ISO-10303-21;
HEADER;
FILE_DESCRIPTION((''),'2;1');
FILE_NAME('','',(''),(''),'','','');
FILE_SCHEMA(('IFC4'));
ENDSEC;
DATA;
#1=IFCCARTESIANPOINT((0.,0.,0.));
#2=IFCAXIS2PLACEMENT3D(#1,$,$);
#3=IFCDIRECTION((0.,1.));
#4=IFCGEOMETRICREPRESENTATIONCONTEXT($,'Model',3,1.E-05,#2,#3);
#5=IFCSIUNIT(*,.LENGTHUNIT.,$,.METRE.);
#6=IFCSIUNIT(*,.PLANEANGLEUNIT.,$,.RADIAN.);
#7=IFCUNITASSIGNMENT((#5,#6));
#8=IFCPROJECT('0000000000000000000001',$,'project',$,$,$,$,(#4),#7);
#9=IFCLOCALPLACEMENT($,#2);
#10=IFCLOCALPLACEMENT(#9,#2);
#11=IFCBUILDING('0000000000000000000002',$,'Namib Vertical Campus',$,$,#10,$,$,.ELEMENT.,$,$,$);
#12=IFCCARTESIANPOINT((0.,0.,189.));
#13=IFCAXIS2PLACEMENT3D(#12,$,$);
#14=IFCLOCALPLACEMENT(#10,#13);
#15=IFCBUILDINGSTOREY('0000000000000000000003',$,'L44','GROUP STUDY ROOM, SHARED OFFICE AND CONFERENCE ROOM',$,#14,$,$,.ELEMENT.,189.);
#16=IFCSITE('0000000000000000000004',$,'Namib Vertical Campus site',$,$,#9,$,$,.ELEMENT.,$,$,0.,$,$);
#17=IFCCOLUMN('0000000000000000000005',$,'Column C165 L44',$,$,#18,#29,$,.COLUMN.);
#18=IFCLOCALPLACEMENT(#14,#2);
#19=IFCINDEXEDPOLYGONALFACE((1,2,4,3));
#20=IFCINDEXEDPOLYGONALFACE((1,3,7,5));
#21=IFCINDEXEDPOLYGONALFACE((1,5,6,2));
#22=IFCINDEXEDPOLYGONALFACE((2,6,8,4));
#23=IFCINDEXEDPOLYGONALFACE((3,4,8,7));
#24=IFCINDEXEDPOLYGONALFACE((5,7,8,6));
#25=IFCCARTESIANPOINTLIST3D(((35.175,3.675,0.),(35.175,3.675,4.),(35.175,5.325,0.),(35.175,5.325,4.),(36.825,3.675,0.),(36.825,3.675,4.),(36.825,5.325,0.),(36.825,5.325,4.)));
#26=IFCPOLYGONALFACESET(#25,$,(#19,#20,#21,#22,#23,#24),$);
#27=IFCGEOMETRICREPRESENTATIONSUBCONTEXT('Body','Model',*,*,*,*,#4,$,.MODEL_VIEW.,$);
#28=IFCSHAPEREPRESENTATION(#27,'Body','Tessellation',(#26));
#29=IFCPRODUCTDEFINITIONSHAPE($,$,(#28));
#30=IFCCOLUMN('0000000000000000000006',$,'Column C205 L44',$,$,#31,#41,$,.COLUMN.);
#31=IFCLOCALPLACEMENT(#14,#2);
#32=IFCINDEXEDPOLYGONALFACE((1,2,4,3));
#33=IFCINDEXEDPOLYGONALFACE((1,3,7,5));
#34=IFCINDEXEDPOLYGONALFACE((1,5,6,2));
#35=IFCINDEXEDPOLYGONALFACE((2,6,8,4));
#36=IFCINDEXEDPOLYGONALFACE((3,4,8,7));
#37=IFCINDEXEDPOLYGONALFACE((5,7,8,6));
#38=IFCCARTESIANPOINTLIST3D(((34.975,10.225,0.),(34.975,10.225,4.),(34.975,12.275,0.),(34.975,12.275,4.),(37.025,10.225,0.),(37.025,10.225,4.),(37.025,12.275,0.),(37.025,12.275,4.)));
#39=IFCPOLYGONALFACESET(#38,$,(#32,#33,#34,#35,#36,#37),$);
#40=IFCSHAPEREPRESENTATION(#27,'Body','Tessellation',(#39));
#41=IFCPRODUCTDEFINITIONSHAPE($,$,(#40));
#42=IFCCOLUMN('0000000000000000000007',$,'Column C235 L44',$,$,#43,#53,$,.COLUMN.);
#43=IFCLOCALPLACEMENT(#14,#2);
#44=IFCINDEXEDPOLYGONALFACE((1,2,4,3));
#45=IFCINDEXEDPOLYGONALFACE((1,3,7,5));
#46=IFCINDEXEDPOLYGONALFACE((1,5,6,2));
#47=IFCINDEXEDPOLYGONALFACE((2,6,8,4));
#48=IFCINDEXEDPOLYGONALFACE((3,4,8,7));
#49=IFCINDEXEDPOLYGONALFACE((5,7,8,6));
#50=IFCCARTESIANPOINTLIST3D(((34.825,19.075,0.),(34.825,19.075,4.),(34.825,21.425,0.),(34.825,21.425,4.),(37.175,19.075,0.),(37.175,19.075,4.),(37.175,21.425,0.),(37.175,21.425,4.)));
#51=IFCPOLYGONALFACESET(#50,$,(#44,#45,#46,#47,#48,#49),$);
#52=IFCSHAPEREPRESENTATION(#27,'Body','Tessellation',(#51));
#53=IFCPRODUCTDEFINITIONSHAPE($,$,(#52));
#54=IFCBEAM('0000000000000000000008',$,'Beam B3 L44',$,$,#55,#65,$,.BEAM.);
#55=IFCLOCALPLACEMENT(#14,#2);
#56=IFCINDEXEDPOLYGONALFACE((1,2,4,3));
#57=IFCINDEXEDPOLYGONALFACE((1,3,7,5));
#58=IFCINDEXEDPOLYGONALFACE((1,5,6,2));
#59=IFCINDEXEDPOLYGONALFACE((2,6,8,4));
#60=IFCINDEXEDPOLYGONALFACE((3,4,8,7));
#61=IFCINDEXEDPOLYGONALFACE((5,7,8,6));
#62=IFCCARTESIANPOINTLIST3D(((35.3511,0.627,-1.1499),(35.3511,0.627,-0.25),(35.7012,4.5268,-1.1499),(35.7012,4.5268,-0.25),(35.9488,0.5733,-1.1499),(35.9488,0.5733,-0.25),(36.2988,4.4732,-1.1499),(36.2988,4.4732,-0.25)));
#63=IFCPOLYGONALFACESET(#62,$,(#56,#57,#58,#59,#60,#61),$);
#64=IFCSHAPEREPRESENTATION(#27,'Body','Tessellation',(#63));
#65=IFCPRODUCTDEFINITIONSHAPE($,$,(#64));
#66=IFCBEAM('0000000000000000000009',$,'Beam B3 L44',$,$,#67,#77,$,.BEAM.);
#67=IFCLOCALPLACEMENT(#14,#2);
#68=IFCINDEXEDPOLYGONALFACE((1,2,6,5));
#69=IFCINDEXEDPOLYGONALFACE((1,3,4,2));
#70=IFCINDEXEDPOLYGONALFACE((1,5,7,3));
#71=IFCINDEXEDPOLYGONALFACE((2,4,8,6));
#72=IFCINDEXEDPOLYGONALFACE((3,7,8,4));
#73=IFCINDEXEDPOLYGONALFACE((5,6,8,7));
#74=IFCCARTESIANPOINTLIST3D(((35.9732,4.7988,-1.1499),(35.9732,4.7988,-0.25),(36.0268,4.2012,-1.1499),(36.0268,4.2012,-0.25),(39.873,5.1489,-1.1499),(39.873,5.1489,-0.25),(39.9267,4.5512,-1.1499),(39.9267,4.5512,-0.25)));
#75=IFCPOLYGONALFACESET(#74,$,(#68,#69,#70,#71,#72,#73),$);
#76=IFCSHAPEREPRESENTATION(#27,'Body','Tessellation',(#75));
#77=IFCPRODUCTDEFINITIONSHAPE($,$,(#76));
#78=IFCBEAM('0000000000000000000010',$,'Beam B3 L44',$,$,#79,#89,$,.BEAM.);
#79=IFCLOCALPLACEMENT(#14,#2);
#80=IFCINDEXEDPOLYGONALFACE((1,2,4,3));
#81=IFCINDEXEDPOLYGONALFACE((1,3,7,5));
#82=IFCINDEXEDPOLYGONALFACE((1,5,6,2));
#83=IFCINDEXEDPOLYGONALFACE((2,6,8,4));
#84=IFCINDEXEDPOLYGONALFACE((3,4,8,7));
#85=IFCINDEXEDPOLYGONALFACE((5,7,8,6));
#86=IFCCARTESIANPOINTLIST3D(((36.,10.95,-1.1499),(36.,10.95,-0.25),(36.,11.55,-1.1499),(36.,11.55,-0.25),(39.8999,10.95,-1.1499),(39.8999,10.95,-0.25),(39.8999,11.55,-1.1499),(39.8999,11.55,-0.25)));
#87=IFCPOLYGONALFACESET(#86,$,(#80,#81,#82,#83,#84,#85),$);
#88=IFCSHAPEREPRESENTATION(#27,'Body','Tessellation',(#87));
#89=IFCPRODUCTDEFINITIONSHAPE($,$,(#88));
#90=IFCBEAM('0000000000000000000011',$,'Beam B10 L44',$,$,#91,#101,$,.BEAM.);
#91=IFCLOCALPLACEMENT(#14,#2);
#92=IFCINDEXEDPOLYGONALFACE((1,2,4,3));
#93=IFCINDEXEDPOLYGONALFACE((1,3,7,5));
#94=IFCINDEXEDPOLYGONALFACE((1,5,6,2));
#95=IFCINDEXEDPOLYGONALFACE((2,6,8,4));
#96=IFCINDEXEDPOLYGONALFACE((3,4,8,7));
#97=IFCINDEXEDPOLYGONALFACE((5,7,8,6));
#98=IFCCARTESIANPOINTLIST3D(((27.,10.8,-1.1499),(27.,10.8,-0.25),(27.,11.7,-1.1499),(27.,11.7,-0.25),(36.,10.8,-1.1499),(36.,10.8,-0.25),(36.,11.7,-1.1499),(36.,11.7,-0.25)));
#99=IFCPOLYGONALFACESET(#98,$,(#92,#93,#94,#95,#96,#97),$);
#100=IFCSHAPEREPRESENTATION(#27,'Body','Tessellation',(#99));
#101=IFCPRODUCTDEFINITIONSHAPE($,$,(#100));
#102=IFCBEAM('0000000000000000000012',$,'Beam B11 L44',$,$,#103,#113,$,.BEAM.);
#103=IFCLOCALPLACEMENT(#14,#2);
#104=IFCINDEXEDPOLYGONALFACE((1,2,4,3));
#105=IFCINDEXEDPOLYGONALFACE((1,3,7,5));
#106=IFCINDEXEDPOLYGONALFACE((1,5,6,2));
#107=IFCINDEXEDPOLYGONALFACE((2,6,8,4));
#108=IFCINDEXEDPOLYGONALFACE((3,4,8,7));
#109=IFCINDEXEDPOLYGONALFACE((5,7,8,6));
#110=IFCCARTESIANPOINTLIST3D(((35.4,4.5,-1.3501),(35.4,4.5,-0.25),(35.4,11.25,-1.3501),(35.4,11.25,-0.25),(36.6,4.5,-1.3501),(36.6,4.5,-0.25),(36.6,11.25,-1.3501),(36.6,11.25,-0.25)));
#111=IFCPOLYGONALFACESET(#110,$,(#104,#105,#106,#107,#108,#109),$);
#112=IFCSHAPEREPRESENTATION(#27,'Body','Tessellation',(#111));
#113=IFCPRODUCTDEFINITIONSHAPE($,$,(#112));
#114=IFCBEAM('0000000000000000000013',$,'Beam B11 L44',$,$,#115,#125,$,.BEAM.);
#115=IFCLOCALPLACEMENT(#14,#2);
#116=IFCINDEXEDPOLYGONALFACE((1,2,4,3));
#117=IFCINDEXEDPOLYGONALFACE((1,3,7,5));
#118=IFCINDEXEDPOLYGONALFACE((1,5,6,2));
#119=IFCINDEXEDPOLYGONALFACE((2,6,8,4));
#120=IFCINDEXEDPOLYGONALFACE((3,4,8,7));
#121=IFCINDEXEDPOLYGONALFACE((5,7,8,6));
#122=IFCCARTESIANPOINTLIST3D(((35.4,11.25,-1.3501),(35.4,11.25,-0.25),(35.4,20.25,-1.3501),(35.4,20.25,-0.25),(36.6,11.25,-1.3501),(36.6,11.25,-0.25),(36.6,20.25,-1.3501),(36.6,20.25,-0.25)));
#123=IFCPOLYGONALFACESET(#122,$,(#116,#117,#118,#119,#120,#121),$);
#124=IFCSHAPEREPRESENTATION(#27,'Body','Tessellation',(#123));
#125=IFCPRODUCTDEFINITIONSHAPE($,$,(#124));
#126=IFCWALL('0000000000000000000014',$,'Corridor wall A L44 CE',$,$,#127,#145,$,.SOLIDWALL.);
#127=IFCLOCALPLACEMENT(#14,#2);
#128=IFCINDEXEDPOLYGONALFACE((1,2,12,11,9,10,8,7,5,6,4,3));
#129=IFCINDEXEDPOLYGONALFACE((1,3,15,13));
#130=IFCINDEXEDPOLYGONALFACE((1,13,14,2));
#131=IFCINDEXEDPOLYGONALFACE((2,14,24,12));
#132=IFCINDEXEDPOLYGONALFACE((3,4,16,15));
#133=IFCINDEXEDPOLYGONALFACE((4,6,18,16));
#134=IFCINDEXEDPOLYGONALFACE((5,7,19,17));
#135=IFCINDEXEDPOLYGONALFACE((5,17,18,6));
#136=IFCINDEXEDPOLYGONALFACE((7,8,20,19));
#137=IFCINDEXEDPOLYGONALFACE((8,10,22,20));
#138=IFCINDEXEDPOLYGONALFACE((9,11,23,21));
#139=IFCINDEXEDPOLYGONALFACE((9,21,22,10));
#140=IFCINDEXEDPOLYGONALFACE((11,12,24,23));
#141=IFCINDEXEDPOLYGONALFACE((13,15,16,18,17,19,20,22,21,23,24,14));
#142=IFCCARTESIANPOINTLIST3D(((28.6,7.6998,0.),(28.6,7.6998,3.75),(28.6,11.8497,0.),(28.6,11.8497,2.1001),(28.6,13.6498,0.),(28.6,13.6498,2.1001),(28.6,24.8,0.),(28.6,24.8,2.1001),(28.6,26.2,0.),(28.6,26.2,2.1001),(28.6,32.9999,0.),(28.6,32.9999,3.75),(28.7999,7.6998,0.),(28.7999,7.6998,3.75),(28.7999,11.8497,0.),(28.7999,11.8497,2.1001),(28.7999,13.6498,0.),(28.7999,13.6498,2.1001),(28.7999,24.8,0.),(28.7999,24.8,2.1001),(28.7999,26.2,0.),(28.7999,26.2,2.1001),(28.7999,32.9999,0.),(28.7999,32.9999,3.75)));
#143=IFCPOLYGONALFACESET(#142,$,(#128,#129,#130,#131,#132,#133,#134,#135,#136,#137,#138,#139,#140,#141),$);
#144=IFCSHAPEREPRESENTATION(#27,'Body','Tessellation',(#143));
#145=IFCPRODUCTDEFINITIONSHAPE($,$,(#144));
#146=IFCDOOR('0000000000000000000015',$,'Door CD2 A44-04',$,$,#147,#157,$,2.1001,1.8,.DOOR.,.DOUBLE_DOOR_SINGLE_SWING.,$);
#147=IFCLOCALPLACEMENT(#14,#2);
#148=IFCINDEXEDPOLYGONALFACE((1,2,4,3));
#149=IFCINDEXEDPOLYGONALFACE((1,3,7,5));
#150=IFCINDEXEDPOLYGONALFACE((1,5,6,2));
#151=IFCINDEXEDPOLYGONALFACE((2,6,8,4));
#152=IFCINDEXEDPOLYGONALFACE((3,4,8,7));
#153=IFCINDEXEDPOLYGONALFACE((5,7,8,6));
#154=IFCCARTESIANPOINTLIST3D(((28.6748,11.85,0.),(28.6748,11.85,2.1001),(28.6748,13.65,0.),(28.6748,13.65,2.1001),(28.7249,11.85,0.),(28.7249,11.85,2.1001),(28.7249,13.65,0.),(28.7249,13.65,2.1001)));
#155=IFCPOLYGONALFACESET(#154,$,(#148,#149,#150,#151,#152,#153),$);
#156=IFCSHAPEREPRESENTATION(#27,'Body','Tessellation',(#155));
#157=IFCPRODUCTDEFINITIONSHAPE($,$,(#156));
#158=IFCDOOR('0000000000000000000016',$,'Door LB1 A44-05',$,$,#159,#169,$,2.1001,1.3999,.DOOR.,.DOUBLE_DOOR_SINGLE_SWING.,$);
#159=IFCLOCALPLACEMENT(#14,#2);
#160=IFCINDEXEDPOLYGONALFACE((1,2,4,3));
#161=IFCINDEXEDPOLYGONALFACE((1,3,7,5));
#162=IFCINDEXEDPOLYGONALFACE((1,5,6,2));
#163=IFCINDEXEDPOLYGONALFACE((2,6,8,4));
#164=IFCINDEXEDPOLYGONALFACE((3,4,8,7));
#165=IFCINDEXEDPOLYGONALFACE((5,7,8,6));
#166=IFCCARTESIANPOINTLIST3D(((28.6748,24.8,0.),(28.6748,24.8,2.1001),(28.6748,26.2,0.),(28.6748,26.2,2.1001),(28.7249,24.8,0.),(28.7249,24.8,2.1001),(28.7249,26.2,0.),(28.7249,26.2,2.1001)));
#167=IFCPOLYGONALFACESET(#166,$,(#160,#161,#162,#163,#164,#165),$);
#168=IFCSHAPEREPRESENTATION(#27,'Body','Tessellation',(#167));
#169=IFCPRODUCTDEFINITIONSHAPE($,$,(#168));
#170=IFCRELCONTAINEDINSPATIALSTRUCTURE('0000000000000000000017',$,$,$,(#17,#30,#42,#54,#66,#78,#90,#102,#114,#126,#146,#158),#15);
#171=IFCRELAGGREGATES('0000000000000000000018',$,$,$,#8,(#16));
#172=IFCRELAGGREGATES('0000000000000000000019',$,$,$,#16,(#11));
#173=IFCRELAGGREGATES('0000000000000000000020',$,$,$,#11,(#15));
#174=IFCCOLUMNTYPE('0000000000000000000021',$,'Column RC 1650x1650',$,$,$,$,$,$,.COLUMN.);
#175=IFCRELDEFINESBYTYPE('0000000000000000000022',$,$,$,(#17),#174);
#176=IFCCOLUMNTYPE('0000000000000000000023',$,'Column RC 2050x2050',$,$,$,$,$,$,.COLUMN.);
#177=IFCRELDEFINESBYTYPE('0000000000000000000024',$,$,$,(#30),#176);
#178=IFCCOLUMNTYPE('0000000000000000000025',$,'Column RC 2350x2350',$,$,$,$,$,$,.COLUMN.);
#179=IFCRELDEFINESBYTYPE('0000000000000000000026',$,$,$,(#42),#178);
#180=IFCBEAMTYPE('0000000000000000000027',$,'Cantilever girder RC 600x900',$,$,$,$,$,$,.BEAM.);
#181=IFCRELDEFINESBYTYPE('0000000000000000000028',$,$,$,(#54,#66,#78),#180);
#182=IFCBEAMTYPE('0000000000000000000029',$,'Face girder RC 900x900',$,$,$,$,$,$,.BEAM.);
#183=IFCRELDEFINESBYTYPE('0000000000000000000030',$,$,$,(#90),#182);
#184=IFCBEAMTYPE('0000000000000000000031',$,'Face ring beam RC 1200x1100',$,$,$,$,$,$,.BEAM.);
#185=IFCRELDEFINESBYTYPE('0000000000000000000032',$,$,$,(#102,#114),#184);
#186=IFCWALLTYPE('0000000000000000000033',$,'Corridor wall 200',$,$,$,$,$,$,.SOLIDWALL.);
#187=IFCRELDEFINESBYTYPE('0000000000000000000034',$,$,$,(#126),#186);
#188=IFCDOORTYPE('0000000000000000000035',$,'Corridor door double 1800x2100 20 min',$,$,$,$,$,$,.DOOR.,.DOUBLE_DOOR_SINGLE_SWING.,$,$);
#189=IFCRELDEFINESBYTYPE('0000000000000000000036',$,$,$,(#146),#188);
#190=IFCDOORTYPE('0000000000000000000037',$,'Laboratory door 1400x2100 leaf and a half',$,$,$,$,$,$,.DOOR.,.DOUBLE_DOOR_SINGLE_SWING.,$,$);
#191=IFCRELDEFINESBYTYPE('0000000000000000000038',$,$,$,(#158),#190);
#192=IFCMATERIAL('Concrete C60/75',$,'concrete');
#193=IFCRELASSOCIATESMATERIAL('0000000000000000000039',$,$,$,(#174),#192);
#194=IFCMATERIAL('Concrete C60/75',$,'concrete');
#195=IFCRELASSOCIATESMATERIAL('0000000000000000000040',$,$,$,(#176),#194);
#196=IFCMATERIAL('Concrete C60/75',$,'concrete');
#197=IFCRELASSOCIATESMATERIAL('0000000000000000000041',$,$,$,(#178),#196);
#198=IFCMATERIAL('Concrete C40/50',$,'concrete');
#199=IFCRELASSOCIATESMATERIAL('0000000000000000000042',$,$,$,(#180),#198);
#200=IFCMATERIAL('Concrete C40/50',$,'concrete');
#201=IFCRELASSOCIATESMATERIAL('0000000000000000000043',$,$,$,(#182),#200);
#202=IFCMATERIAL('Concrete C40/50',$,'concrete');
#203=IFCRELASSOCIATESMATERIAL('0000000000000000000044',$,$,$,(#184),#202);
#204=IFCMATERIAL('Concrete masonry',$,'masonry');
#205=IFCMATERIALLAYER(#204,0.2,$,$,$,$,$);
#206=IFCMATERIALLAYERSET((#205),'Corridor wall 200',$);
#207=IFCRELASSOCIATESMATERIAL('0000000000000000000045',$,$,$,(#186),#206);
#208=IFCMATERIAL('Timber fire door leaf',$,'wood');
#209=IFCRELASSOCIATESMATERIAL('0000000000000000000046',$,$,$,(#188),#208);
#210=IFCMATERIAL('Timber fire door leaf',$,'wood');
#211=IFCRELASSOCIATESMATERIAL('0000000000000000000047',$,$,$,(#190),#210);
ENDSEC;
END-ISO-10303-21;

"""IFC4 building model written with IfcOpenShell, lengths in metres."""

from ifc_helpers import new_model, si_unit, direction, frame, frame_2d, origin, origin_2d, place, context, subcontext, project, spatial, rectangle, extrude, material, layer, layer_set, material_profile, profile_set, type_object, element, fill, save


model = new_model("IFC4")

# Units and contexts
model_context = context("Model", 3, precision=1e-05, world=origin(), true_north=direction((0.0, 1.0)))
body_context = subcontext(model_context, "Body", "Model", "MODEL_VIEW")
ifc_project = project(units=[si_unit("LENGTHUNIT", "METRE"), si_unit("PLANEANGLEUNIT", "RADIAN")], contexts=[model_context])

# Site, building, storey
site_placement = place(None, origin())
site = spatial("IfcSite", under=ifc_project, at=site_placement, Name="Namib Vertical Campus site", CompositionType="ELEMENT", RefElevation=0.0)
building_placement = place(site_placement, origin())
building = spatial("IfcBuilding", under=site, at=building_placement, Name="Namib Vertical Campus", CompositionType="ELEMENT")
storey_placement = place(building_placement, frame((0.0, 0.0, 189.0)))
storey = spatial("IfcBuildingStorey", under=building, at=storey_placement, Name="L44", Description="GROUP STUDY ROOM, SHARED OFFICE AND CONFERENCE ROOM", CompositionType="ELEMENT", Elevation=189.0)

# Columns
ifc_material_1 = material(Name="Concrete C60/75", Category="concrete")
ifc_material_profile_1 = material_profile(ifc_material_1, rectangle(XDim=1.6499, YDim=1.6499, at=origin_2d()))
ifc_profile_set_1 = profile_set([ifc_material_profile_1], Name="Concrete C60/75")
column_type_1 = type_object("IfcColumnType", Name="Column RC 1650x1650", PredefinedType="COLUMN", material=ifc_profile_set_1)
column_1_placement = place(storey_placement, frame((36.0, 4.5, 0.0), z_axis=(0.0, 0.0, 1.0), x_axis=(1.0, 0.0, 0.0)))
element("IfcColumn", 1, at=column_1_placement, inside=storey, type_object=column_type_1, Name="Column C165 L44", PredefinedType="COLUMN", context=body_context, shape_type="SweptSolid", body=[
    extrude(rectangle(XDim=1.6499, YDim=1.6499, at=origin_2d()), origin(), (0.0, 0.0, 1.0), 4.0),
])
ifc_material_2 = material(Name="Concrete C60/75", Category="concrete")
ifc_material_profile_2 = material_profile(ifc_material_2, rectangle(XDim=2.05, YDim=2.05, at=origin_2d()))
ifc_profile_set_2 = profile_set([ifc_material_profile_2], Name="Concrete C60/75")
column_type_2 = type_object("IfcColumnType", Name="Column RC 2050x2050", PredefinedType="COLUMN", material=ifc_profile_set_2)
column_2_placement = place(storey_placement, frame((36.0, 11.25, 0.0), z_axis=(0.0, 0.0, 1.0), x_axis=(1.0, 0.0, 0.0)))
element("IfcColumn", 2, at=column_2_placement, inside=storey, type_object=column_type_2, Name="Column C205 L44", PredefinedType="COLUMN", context=body_context, shape_type="SweptSolid", body=[
    extrude(rectangle(XDim=2.05, YDim=2.05, at=origin_2d()), origin(), (0.0, 0.0, 1.0), 4.0),
])
ifc_material_3 = material(Name="Concrete C60/75", Category="concrete")
ifc_material_profile_3 = material_profile(ifc_material_3, rectangle(XDim=2.3501, YDim=2.3501, at=origin_2d()))
ifc_profile_set_3 = profile_set([ifc_material_profile_3], Name="Concrete C60/75")
column_type_3 = type_object("IfcColumnType", Name="Column RC 2350x2350", PredefinedType="COLUMN", material=ifc_profile_set_3)
column_3_placement = place(storey_placement, frame((36.0, 20.25, 0.0), z_axis=(0.0, 0.0, 1.0), x_axis=(1.0, 0.0, 0.0)))
element("IfcColumn", 3, at=column_3_placement, inside=storey, type_object=column_type_3, Name="Column C235 L44", PredefinedType="COLUMN", context=body_context, shape_type="SweptSolid", body=[
    extrude(rectangle(XDim=2.3501, YDim=2.3501, at=origin_2d()), origin(), (0.0, 0.0, 1.0), 4.0),
])

# Beams
ifc_material_4 = material(Name="Concrete C40/50", Category="concrete")
ifc_material_profile_4 = material_profile(ifc_material_4, rectangle(XDim=0.6001, YDim=0.8999, at=origin_2d()))
ifc_profile_set_4 = profile_set([ifc_material_profile_4], Name="Concrete C40/50")
beam_type_1 = type_object("IfcBeamType", Name="Cantilever girder RC 600x900", PredefinedType="BEAM", material=ifc_profile_set_4)
for number, where, z_axis, x_axis, name in (
    (4, (36.0, 4.5, -0.7), (-0.089411, -0.995995, 0.0), (0.995995, -0.089411, 0.0), "Beam B3 L44"),
    (5, (36.0, 4.5, -0.7), (0.995995, 0.089411, 0.0), (-0.089411, 0.995995, 0.0), "Beam B3 L44"),
):
    element("IfcBeam", number, at=place(storey_placement, frame(where, z_axis=z_axis, x_axis=x_axis)), inside=storey, type_object=beam_type_1, Name=name, PredefinedType="BEAM", context=body_context, shape_type="SweptSolid", body=[
        extrude(rectangle(XDim=0.6001, YDim=0.8999, at=origin_2d()), origin(), (0.0, 0.0, 1.0), 3.9155),
    ])
beam_1_placement = place(storey_placement, frame((36.0, 11.25, -0.7), z_axis=(1.0, 0.0, 0.0), x_axis=(0.0, 1.0, 0.0)))
element("IfcBeam", 6, at=beam_1_placement, inside=storey, type_object=beam_type_1, Name="Beam B3 L44", PredefinedType="BEAM", context=body_context, shape_type="SweptSolid", body=[
    extrude(rectangle(XDim=0.6001, YDim=0.8999, at=origin_2d()), origin(), (0.0, 0.0, 1.0), 3.8999),
])
ifc_material_5 = material(Name="Concrete C40/50", Category="concrete")
ifc_material_profile_5 = material_profile(ifc_material_5, rectangle(XDim=0.8999, YDim=0.8999, at=origin_2d()))
ifc_profile_set_5 = profile_set([ifc_material_profile_5], Name="Concrete C40/50")
beam_type_2 = type_object("IfcBeamType", Name="Face girder RC 900x900", PredefinedType="BEAM", material=ifc_profile_set_5)
beam_2_placement = place(storey_placement, frame((36.0, 11.25, -0.7), z_axis=(-1.0, 0.0, 0.0), x_axis=(0.0, -1.0, 0.0)))
element("IfcBeam", 7, at=beam_2_placement, inside=storey, type_object=beam_type_2, Name="Beam B10 L44", PredefinedType="BEAM", context=body_context, shape_type="SweptSolid", body=[
    extrude(rectangle(XDim=0.8999, YDim=0.8999, at=origin_2d()), origin(), (0.0, 0.0, 1.0), 9.0),
])
ifc_material_6 = material(Name="Concrete C40/50", Category="concrete")
ifc_material_profile_6 = material_profile(ifc_material_6, rectangle(XDim=1.2, YDim=1.1001, at=origin_2d()))
ifc_profile_set_6 = profile_set([ifc_material_profile_6], Name="Concrete C40/50")
beam_type_3 = type_object("IfcBeamType", Name="Face ring beam RC 1200x1100", PredefinedType="BEAM", material=ifc_profile_set_6)
beam_3_placement = place(storey_placement, frame((36.0, 4.5, -0.8), z_axis=(0.0, 1.0, 0.0), x_axis=(-1.0, 0.0, 0.0)))
element("IfcBeam", 8, at=beam_3_placement, inside=storey, type_object=beam_type_3, Name="Beam B11 L44", PredefinedType="BEAM", context=body_context, shape_type="SweptSolid", body=[
    extrude(rectangle(XDim=1.2, YDim=1.1001, at=origin_2d()), origin(), (0.0, 0.0, 1.0), 6.75),
])
beam_4_placement = place(storey_placement, frame((36.0, 11.25, -0.8), z_axis=(0.0, 1.0, 0.0), x_axis=(-1.0, 0.0, 0.0)))
element("IfcBeam", 9, at=beam_4_placement, inside=storey, type_object=beam_type_3, Name="Beam B11 L44", PredefinedType="BEAM", context=body_context, shape_type="SweptSolid", body=[
    extrude(rectangle(XDim=1.2, YDim=1.1001, at=origin_2d()), origin(), (0.0, 0.0, 1.0), 9.0),
])

# Wall, openings, doors
ifc_material_7 = material(Name="Concrete masonry", Category="masonry")
ifc_layer_1 = layer(ifc_material_7, 0.2)
ifc_layer_set_1 = layer_set([ifc_layer_1], Name="Corridor wall 200")
wall_type_1 = type_object("IfcWallType", Name="Corridor wall 200", PredefinedType="SOLIDWALL", material=ifc_layer_set_1)
wall_1_placement = place(storey_placement, frame((28.7, 7.7, 0.0), z_axis=(0.0, 0.0, 1.0), x_axis=(0.0, 1.0, 0.0)))
wall_1 = element("IfcWall", 10, at=wall_1_placement, inside=storey, type_object=wall_type_1, Name="Corridor wall A L44 CE", PredefinedType="SOLIDWALL", context=body_context, shape_type="SweptSolid", body=[
    extrude(rectangle(XDim=25.3, YDim=0.2, at=frame_2d((12.6499, 0.0))), origin(), (0.0, 0.0, 1.0), 3.75),
])
opening_1_placement = place(wall_1_placement, frame((4.1499, 0.0, 0.0)))
opening_1 = element("IfcOpeningElement", 11, at=opening_1_placement, cuts=wall_1, PredefinedType="OPENING", context=body_context, shape_type="SweptSolid", body=[
    extrude(rectangle(XDim=1.8, YDim=2.1001, at=frame_2d((0.8999, 1.05))), frame((0.0, 0.1099, 0.0), z_axis=(0.0, -1.0, 0.0), x_axis=(1.0, 0.0, 0.0)), (0.0, 0.0, 1.0), 0.22),
])
opening_2_placement = place(wall_1_placement, frame((17.1001, 0.0, 0.0)))
opening_2 = element("IfcOpeningElement", 12, at=opening_2_placement, cuts=wall_1, PredefinedType="OPENING", context=body_context, shape_type="SweptSolid", body=[
    extrude(rectangle(XDim=1.3999, YDim=2.1001, at=frame_2d((0.7, 1.05))), frame((0.0, 0.1099, 0.0), z_axis=(0.0, -1.0, 0.0), x_axis=(1.0, 0.0, 0.0)), (0.0, 0.0, 1.0), 0.22),
])
ifc_material_8 = material(Name="Timber fire door leaf", Category="wood")
door_type_1 = type_object("IfcDoorType", Name="Corridor door double 1800x2100 20 min", OperationType="DOUBLE_DOOR_SINGLE_SWING", PredefinedType="DOOR", material=ifc_material_8)
door_1_placement = place(opening_1_placement, frame((1.8, 0.0, 0.0), z_axis=(0.0, 0.0, 1.0), x_axis=(-1.0, 0.0, 0.0)))
door_1 = element("IfcDoor", 13, at=door_1_placement, inside=storey, type_object=door_type_1, Name="Door CD2 A44-04", OperationType="DOUBLE_DOOR_SINGLE_SWING", OverallHeight=2.1001, OverallWidth=1.8, PredefinedType="DOOR", context=body_context, shape_type="SweptSolid", body=[
    extrude(rectangle(XDim=1.8, YDim=2.1001, at=frame_2d((0.8999, 1.05))), frame((0.0, 0.0249, 0.0), z_axis=(0.0, -1.0, 0.0), x_axis=(1.0, 0.0, 0.0)), (0.0, 0.0, 1.0), 0.05),
])
fill(opening_1, door_1)
ifc_material_9 = material(Name="Timber fire door leaf", Category="wood")
door_type_2 = type_object("IfcDoorType", Name="Laboratory door 1400x2100 leaf and a half", OperationType="DOUBLE_DOOR_SINGLE_SWING", PredefinedType="DOOR", material=ifc_material_9)
door_2_placement = place(opening_2_placement, frame((1.3999, 0.0, 0.0), z_axis=(0.0, 0.0, 1.0), x_axis=(-1.0, 0.0, 0.0)))
door_2 = element("IfcDoor", 14, at=door_2_placement, inside=storey, type_object=door_type_2, Name="Door LB1 A44-05", OperationType="DOUBLE_DOOR_SINGLE_SWING", OverallHeight=2.1001, OverallWidth=1.3999, PredefinedType="DOOR", context=body_context, shape_type="SweptSolid", body=[
    extrude(rectangle(XDim=1.3999, YDim=2.1001, at=frame_2d((0.7, 1.05))), frame((0.0, 0.0249, 0.0), z_axis=(0.0, -1.0, 0.0), x_axis=(1.0, 0.0, 0.0)), (0.0, 0.0, 1.0), 0.05),
])
fill(opening_2, door_2)

save(model, "model.ifc")
